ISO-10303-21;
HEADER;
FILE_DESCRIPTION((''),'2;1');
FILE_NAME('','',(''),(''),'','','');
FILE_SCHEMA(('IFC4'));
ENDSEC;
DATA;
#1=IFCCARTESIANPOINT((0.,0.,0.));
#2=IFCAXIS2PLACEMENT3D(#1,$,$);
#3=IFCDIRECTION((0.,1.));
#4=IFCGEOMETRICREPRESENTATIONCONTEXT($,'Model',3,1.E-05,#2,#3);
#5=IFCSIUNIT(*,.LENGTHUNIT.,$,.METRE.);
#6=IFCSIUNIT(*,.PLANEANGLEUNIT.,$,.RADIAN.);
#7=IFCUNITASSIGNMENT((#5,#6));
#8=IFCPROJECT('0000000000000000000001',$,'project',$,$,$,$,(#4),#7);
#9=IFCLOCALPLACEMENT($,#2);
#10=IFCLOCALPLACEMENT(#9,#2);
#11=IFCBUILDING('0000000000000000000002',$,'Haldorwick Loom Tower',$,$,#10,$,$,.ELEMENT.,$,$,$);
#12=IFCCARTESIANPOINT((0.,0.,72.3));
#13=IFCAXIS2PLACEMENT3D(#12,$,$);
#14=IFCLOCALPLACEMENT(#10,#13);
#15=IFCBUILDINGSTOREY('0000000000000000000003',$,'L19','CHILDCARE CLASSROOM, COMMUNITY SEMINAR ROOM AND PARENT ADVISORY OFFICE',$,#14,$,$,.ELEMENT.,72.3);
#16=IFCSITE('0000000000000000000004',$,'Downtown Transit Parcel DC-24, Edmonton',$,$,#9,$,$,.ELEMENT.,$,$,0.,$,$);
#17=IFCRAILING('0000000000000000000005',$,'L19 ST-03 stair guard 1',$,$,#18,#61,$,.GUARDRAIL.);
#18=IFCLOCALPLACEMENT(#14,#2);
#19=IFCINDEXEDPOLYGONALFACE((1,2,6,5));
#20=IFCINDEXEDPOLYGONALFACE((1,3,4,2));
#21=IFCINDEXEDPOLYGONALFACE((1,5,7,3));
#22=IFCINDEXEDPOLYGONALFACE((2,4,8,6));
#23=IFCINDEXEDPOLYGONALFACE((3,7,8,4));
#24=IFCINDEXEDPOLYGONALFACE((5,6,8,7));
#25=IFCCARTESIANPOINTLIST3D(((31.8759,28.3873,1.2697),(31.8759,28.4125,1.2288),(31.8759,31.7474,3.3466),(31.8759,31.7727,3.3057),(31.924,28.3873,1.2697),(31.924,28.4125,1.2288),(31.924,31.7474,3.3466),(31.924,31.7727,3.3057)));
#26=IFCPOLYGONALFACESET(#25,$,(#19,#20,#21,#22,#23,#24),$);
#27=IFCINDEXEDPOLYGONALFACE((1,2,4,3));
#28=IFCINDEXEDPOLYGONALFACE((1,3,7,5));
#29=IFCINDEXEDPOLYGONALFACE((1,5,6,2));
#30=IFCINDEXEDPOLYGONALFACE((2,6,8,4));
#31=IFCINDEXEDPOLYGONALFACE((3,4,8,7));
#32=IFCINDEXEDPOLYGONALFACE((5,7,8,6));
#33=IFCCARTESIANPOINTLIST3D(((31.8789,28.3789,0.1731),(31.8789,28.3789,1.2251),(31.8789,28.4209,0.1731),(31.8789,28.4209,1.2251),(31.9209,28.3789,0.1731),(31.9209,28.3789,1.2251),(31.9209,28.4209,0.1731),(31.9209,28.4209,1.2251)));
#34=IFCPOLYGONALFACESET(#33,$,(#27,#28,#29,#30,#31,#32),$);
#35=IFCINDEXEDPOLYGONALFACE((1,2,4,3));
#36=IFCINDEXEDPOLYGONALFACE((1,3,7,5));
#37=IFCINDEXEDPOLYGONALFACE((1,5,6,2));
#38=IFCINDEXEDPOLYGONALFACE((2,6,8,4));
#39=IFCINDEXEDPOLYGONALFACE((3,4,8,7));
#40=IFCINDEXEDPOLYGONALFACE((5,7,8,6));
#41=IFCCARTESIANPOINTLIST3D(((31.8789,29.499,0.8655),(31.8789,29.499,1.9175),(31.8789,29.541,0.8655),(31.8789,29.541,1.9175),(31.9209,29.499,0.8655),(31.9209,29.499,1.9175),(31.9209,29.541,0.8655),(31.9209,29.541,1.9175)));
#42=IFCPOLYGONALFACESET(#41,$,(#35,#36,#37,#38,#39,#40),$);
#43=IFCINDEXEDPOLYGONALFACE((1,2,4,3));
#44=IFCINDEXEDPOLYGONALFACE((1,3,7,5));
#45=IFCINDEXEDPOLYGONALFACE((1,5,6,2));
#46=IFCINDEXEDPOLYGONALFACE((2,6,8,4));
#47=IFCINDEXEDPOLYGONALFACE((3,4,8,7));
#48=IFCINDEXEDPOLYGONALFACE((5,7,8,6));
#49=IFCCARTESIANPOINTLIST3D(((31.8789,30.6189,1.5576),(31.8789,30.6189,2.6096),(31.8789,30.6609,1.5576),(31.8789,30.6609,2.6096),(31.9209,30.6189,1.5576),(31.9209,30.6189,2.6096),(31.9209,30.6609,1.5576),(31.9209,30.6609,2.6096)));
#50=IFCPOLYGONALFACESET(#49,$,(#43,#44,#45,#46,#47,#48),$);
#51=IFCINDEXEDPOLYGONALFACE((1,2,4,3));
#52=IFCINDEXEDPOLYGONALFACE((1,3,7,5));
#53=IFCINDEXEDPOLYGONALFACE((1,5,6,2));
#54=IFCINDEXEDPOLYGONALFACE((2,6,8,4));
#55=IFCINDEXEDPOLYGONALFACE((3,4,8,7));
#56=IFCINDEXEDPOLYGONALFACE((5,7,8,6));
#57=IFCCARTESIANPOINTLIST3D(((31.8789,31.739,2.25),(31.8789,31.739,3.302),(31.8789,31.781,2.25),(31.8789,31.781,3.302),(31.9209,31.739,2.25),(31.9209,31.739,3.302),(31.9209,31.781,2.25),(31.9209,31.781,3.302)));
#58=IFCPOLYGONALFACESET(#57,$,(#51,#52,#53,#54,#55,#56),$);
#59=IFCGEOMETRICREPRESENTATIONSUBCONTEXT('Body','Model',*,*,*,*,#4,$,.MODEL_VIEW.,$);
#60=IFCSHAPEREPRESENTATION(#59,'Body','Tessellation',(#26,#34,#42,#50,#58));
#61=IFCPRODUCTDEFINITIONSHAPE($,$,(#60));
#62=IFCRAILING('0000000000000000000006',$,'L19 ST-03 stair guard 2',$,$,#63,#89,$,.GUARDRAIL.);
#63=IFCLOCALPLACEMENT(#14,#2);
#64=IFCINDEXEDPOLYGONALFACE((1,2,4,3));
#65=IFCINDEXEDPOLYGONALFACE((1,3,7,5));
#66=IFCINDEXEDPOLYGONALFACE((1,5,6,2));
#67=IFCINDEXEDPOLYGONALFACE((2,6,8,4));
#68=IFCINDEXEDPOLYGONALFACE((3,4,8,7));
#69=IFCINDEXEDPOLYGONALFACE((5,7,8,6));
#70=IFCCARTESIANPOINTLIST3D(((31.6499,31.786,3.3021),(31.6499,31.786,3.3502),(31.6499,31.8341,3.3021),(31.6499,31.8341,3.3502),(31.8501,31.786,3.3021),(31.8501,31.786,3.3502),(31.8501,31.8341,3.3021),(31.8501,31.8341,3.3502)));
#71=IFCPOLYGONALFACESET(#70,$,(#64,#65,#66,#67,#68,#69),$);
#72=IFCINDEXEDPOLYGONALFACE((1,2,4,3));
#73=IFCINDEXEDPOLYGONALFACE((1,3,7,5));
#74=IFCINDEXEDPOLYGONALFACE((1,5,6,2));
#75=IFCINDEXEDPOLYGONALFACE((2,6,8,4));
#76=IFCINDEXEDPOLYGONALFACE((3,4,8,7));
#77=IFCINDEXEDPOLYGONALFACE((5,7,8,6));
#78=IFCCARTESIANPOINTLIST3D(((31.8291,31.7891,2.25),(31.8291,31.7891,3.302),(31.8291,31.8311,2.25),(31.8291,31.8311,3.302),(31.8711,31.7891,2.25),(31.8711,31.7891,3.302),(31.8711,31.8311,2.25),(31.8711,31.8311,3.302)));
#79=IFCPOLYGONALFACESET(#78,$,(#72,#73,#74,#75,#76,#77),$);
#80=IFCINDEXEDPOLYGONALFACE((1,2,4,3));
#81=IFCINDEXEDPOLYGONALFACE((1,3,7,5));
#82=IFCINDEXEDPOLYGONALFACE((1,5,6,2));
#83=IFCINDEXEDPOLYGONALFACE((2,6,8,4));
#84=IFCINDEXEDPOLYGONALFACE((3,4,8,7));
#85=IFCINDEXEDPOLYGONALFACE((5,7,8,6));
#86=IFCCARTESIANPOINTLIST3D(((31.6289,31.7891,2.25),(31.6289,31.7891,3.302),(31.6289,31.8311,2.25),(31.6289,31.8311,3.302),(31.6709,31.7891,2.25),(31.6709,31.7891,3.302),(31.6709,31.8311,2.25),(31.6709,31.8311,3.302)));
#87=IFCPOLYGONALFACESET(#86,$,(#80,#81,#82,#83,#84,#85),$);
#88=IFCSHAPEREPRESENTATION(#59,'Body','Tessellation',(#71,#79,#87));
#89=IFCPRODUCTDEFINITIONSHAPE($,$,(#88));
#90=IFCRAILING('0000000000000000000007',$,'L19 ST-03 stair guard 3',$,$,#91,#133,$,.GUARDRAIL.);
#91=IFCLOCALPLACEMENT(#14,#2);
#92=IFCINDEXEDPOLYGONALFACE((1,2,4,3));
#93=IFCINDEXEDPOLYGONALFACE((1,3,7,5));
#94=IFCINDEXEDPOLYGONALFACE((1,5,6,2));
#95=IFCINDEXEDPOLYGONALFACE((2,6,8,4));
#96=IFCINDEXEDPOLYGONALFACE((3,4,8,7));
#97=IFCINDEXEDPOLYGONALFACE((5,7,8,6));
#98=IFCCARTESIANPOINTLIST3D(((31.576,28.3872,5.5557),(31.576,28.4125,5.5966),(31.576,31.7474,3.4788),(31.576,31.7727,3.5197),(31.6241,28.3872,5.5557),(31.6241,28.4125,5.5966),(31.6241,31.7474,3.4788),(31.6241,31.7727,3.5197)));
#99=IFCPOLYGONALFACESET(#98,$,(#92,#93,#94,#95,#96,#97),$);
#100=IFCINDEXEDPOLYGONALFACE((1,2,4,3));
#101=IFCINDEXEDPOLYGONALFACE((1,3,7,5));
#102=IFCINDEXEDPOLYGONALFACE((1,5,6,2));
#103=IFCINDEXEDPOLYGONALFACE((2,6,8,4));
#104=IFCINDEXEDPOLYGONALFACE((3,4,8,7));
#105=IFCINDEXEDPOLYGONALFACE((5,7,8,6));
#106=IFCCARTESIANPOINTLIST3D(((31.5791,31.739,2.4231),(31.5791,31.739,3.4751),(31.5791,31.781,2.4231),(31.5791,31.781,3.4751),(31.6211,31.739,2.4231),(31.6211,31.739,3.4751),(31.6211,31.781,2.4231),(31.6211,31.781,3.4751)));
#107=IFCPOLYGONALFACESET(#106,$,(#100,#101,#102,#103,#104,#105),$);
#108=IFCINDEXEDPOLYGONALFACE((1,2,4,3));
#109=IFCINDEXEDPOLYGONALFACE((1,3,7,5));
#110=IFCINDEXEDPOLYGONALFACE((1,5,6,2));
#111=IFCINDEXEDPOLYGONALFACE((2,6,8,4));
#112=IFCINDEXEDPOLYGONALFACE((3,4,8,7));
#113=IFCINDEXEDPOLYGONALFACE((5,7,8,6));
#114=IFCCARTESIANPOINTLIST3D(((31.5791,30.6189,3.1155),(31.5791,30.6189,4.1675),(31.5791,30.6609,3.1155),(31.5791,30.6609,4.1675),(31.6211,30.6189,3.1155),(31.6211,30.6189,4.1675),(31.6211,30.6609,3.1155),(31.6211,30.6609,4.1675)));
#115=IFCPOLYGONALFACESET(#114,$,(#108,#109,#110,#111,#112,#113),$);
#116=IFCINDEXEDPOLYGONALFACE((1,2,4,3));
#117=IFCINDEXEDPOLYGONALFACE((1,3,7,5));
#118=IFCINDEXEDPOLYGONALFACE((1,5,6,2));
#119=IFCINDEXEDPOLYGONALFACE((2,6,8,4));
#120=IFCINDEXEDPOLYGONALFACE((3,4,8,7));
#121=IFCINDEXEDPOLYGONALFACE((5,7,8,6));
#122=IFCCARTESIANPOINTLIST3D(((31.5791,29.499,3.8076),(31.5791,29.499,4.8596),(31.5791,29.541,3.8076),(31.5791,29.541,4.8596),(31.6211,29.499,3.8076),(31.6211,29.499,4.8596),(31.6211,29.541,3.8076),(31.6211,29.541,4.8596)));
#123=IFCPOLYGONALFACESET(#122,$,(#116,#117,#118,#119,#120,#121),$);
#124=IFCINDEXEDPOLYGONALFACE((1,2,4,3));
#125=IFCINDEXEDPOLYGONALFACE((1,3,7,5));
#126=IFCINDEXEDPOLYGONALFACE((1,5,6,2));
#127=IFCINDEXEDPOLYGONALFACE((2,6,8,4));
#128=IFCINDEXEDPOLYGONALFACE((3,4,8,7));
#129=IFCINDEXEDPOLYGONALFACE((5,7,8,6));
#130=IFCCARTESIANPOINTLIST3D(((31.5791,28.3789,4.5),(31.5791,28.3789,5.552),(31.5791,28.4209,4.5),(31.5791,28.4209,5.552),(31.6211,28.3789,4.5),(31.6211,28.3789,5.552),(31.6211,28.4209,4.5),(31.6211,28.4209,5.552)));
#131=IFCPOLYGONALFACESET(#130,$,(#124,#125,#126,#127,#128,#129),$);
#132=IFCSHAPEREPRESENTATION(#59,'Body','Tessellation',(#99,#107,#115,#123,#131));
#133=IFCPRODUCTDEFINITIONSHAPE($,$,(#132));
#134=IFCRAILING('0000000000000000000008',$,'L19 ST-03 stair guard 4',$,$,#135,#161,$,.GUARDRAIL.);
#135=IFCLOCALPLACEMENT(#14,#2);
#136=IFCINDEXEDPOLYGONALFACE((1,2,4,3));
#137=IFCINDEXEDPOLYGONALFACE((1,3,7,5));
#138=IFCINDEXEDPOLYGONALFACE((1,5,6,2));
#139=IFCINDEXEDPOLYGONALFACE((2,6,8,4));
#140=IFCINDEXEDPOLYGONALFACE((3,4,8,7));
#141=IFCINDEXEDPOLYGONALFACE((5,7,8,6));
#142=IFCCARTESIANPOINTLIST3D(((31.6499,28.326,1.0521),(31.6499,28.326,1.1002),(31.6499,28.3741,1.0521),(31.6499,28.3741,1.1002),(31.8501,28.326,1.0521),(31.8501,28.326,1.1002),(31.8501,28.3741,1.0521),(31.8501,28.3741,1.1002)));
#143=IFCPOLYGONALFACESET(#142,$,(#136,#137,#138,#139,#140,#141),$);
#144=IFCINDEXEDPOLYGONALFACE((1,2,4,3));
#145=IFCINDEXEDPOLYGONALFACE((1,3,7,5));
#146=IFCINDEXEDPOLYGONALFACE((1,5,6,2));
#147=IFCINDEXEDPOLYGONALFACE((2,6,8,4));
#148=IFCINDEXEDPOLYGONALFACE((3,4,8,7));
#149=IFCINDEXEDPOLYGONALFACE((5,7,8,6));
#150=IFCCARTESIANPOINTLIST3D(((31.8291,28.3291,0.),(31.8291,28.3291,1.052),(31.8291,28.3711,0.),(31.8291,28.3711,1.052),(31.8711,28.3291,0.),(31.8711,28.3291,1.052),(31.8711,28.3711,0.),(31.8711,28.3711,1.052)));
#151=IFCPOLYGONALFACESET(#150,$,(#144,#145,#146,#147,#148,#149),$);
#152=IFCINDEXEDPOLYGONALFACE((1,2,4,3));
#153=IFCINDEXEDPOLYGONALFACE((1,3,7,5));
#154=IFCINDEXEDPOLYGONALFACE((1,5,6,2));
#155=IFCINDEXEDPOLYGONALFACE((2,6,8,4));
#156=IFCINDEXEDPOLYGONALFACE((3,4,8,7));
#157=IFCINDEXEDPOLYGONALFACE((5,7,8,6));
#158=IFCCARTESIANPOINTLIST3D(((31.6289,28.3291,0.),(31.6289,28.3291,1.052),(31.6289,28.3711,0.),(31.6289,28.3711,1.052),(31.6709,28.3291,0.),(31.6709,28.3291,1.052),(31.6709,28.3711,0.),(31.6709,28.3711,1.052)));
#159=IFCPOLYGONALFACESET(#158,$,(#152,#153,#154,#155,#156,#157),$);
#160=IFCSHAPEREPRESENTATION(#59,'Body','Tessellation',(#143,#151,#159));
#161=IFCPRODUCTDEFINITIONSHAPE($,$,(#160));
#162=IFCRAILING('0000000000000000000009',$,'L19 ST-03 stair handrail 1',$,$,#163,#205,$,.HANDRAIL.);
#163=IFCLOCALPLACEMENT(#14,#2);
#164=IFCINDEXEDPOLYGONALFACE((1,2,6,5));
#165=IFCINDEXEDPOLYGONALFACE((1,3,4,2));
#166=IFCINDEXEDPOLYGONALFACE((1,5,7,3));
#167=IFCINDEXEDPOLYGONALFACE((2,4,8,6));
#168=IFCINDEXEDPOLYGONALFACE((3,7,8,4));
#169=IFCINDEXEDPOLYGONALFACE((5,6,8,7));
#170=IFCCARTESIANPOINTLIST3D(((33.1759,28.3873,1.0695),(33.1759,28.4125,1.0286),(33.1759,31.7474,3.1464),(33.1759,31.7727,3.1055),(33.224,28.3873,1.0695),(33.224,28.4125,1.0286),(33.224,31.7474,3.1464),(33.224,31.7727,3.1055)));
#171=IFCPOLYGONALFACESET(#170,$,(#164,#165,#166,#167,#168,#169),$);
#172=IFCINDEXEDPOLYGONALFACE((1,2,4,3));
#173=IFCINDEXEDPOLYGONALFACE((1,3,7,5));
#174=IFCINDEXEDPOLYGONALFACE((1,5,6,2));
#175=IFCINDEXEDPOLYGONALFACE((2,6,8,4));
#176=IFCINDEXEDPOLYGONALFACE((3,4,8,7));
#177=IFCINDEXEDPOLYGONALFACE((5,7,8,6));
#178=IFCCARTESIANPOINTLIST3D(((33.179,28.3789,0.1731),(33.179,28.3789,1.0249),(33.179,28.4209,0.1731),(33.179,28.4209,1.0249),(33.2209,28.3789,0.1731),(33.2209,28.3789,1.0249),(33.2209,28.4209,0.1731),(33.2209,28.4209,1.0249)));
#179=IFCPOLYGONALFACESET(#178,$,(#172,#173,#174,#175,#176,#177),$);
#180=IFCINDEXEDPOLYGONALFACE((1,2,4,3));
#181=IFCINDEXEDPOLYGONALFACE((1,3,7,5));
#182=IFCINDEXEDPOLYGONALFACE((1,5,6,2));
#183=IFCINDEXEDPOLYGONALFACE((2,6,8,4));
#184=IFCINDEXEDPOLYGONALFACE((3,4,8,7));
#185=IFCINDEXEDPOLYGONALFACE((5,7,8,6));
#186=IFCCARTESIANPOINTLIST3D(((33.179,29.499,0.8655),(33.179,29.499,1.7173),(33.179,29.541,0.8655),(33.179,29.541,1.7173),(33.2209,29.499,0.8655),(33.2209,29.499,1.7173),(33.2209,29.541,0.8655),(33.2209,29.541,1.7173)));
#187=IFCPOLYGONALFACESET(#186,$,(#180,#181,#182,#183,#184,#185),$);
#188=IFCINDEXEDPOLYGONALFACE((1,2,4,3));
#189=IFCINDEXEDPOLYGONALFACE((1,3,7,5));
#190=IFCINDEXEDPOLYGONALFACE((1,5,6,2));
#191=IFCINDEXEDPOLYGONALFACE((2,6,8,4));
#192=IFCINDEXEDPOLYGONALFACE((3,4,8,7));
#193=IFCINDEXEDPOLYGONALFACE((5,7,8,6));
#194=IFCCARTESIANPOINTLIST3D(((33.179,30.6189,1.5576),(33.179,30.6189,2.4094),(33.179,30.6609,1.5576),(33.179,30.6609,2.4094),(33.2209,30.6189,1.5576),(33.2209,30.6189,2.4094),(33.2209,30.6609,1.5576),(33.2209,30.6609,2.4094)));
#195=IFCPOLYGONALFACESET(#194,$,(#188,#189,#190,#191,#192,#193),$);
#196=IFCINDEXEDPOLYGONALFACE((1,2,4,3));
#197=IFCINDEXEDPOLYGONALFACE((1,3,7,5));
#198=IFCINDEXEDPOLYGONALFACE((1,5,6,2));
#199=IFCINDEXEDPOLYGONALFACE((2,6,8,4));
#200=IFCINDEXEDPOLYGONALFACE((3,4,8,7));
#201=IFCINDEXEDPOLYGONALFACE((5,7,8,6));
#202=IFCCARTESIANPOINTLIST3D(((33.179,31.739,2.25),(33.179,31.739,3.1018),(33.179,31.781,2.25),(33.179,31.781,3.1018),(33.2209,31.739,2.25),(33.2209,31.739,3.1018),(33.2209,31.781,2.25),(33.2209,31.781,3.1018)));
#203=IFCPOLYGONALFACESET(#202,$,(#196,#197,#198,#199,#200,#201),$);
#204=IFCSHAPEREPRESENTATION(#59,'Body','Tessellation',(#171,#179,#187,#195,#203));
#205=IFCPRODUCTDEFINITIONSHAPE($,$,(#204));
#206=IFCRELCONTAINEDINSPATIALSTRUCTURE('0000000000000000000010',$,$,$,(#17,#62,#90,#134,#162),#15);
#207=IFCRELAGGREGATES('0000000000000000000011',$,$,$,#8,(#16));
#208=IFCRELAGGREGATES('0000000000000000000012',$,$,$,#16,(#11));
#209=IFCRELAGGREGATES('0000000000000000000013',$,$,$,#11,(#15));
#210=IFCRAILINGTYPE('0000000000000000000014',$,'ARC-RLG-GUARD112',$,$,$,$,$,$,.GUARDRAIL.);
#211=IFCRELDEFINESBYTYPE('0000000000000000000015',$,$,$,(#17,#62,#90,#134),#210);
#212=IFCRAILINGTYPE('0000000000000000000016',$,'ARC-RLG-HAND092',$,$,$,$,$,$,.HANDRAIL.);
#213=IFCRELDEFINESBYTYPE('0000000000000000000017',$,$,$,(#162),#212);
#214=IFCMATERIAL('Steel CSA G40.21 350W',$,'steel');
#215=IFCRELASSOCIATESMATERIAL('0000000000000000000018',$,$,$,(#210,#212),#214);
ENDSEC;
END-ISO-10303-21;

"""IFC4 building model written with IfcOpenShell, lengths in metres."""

from ifc_helpers import new_model, si_unit, direction, frame, origin, origin_2d, place, context, subcontext, project, spatial, rectangle, extrude, material, type_object, element, save


model = new_model("IFC4")

# Units and contexts
model_context = context("Model", 3, precision=1e-05, world=origin(), true_north=direction((0.0, 1.0)))
body_context = subcontext(model_context, "Body", "Model", "MODEL_VIEW")
ifc_project = project(units=[si_unit("LENGTHUNIT", "METRE"), si_unit("PLANEANGLEUNIT", "RADIAN")], contexts=[model_context])

# Site, building, storey
site_placement = place(None, origin())
site = spatial("IfcSite", under=ifc_project, at=site_placement, Name="Downtown Transit Parcel DC-24, Edmonton", CompositionType="ELEMENT", RefElevation=0.0)
building_placement = place(site_placement, origin())
building = spatial("IfcBuilding", under=site, at=building_placement, Name="Haldorwick Loom Tower", CompositionType="ELEMENT")
storey_placement = place(building_placement, frame((0.0, 0.0, 72.3)))
storey = spatial("IfcBuildingStorey", under=building, at=storey_placement, Name="L19", Description="CHILDCARE CLASSROOM, COMMUNITY SEMINAR ROOM AND PARENT ADVISORY OFFICE", CompositionType="ELEMENT", Elevation=72.3)

# Shared definitions
ifc_material_1 = material(Name="Steel CSA G40.21 350W", Category="steel")

# Railings
railing_type_1 = type_object("IfcRailingType", Name="ARC-RLG-GUARD112", PredefinedType="GUARDRAIL", material=ifc_material_1)
railing_1_placement = place(storey_placement, frame((31.8999, 28.3999, 0.1731)))
element("IfcRailing", 1, at=railing_1_placement, inside=storey, type_object=railing_type_1, Name="L19 ST-03 stair guard 1", PredefinedType="GUARDRAIL", context=body_context, shape_type="SweptSolid", body=[
    extrude(rectangle(XDim=0.0481, YDim=0.0481, at=origin_2d()), frame((0.0, 0.0, 1.0762), z_axis=(0.0, 0.850623, 0.525776), x_axis=(-1.0, 0.0, 0.0)), (0.0, 0.0, 1.0), 3.9502),
    extrude(rectangle(XDim=0.042, YDim=0.042, at=origin_2d()), origin(), (0.0, 0.0, 1.0), 1.052),
    extrude(rectangle(XDim=0.042, YDim=0.042, at=origin_2d()), frame((0.0, 1.1201, 0.6924)), (0.0, 0.0, 1.0), 1.052),
    extrude(rectangle(XDim=0.042, YDim=0.042, at=origin_2d()), frame((0.0, 2.24, 1.3845)), (0.0, 0.0, 1.0), 1.052),
    extrude(rectangle(XDim=0.042, YDim=0.042, at=origin_2d()), frame((0.0, 3.3601, 2.0769)), (0.0, 0.0, 1.0), 1.052),
])
railing_2_placement = place(storey_placement, frame((31.8501, 31.8101, 2.25)))
element("IfcRailing", 2, at=railing_2_placement, inside=storey, type_object=railing_type_1, Name="L19 ST-03 stair guard 2", PredefinedType="GUARDRAIL", context=body_context, shape_type="SweptSolid", body=[
    extrude(rectangle(XDim=0.0481, YDim=0.0481, at=origin_2d()), frame((0.0, 0.0, 1.0762), z_axis=(-1.0, 0.0, 0.0), x_axis=(0.0, -1.0, 0.0)), (0.0, 0.0, 1.0), 0.2002),
    extrude(rectangle(XDim=0.042, YDim=0.042, at=origin_2d()), origin(), (0.0, 0.0, 1.0), 1.052),
    extrude(rectangle(XDim=0.042, YDim=0.042, at=origin_2d()), frame((-0.2002, 0.0, 0.0)), (0.0, 0.0, 1.0), 1.052),
])
railing_3_placement = place(storey_placement, frame((31.6001, 31.76, 2.4231)))
element("IfcRailing", 3, at=railing_3_placement, inside=storey, type_object=railing_type_1, Name="L19 ST-03 stair guard 3", PredefinedType="GUARDRAIL", context=body_context, shape_type="SweptSolid", body=[
    extrude(rectangle(XDim=0.0481, YDim=0.0481, at=origin_2d()), frame((0.0, 0.0, 1.0762), z_axis=(0.0, -0.850623, 0.525776), x_axis=(1.0, 0.0, 0.0)), (0.0, 0.0, 1.0), 3.9502),
    extrude(rectangle(XDim=0.042, YDim=0.042, at=origin_2d()), origin(), (0.0, 0.0, 1.0), 1.052),
    extrude(rectangle(XDim=0.042, YDim=0.042, at=origin_2d()), frame((0.0, -1.1201, 0.6924)), (0.0, 0.0, 1.0), 1.052),
    extrude(rectangle(XDim=0.042, YDim=0.042, at=origin_2d()), frame((0.0, -2.24, 1.3845)), (0.0, 0.0, 1.0), 1.052),
    extrude(rectangle(XDim=0.042, YDim=0.042, at=origin_2d()), frame((0.0, -3.3601, 2.0769)), (0.0, 0.0, 1.0), 1.052),
])
railing_4_placement = place(storey_placement, frame((31.8501, 28.3501, 0.0)))
element("IfcRailing", 4, at=railing_4_placement, inside=storey, type_object=railing_type_1, Name="L19 ST-03 stair guard 4", PredefinedType="GUARDRAIL", context=body_context, shape_type="SweptSolid", body=[
    extrude(rectangle(XDim=0.0481, YDim=0.0481, at=origin_2d()), frame((0.0, 0.0, 1.0762), z_axis=(-1.0, 0.0, 0.0), x_axis=(0.0, -1.0, 0.0)), (0.0, 0.0, 1.0), 0.2002),
    extrude(rectangle(XDim=0.042, YDim=0.042, at=origin_2d()), origin(), (0.0, 0.0, 1.0), 1.052),
    extrude(rectangle(XDim=0.042, YDim=0.042, at=origin_2d()), frame((-0.2002, 0.0, 0.0)), (0.0, 0.0, 1.0), 1.052),
])
railing_type_2 = type_object("IfcRailingType", Name="ARC-RLG-HAND092", PredefinedType="HANDRAIL", material=ifc_material_1)
railing_5_placement = place(storey_placement, frame((33.2, 28.3999, 0.1731)))
element("IfcRailing", 5, at=railing_5_placement, inside=storey, type_object=railing_type_2, Name="L19 ST-03 stair handrail 1", PredefinedType="HANDRAIL", context=body_context, shape_type="SweptSolid", body=[
    extrude(rectangle(XDim=0.0481, YDim=0.0481, at=origin_2d()), frame((0.0, 0.0, 0.876), z_axis=(0.0, 0.850623, 0.525776), x_axis=(-1.0, 0.0, 0.0)), (0.0, 0.0, 1.0), 3.9502),
    extrude(rectangle(XDim=0.042, YDim=0.042, at=origin_2d()), origin(), (0.0, 0.0, 1.0), 0.8518),
    extrude(rectangle(XDim=0.042, YDim=0.042, at=origin_2d()), frame((0.0, 1.1201, 0.6924)), (0.0, 0.0, 1.0), 0.8518),
    extrude(rectangle(XDim=0.042, YDim=0.042, at=origin_2d()), frame((0.0, 2.24, 1.3845)), (0.0, 0.0, 1.0), 0.8518),
    extrude(rectangle(XDim=0.042, YDim=0.042, at=origin_2d()), frame((0.0, 3.3601, 2.0769)), (0.0, 0.0, 1.0), 0.8518),
])

save(model, "model.ifc")
